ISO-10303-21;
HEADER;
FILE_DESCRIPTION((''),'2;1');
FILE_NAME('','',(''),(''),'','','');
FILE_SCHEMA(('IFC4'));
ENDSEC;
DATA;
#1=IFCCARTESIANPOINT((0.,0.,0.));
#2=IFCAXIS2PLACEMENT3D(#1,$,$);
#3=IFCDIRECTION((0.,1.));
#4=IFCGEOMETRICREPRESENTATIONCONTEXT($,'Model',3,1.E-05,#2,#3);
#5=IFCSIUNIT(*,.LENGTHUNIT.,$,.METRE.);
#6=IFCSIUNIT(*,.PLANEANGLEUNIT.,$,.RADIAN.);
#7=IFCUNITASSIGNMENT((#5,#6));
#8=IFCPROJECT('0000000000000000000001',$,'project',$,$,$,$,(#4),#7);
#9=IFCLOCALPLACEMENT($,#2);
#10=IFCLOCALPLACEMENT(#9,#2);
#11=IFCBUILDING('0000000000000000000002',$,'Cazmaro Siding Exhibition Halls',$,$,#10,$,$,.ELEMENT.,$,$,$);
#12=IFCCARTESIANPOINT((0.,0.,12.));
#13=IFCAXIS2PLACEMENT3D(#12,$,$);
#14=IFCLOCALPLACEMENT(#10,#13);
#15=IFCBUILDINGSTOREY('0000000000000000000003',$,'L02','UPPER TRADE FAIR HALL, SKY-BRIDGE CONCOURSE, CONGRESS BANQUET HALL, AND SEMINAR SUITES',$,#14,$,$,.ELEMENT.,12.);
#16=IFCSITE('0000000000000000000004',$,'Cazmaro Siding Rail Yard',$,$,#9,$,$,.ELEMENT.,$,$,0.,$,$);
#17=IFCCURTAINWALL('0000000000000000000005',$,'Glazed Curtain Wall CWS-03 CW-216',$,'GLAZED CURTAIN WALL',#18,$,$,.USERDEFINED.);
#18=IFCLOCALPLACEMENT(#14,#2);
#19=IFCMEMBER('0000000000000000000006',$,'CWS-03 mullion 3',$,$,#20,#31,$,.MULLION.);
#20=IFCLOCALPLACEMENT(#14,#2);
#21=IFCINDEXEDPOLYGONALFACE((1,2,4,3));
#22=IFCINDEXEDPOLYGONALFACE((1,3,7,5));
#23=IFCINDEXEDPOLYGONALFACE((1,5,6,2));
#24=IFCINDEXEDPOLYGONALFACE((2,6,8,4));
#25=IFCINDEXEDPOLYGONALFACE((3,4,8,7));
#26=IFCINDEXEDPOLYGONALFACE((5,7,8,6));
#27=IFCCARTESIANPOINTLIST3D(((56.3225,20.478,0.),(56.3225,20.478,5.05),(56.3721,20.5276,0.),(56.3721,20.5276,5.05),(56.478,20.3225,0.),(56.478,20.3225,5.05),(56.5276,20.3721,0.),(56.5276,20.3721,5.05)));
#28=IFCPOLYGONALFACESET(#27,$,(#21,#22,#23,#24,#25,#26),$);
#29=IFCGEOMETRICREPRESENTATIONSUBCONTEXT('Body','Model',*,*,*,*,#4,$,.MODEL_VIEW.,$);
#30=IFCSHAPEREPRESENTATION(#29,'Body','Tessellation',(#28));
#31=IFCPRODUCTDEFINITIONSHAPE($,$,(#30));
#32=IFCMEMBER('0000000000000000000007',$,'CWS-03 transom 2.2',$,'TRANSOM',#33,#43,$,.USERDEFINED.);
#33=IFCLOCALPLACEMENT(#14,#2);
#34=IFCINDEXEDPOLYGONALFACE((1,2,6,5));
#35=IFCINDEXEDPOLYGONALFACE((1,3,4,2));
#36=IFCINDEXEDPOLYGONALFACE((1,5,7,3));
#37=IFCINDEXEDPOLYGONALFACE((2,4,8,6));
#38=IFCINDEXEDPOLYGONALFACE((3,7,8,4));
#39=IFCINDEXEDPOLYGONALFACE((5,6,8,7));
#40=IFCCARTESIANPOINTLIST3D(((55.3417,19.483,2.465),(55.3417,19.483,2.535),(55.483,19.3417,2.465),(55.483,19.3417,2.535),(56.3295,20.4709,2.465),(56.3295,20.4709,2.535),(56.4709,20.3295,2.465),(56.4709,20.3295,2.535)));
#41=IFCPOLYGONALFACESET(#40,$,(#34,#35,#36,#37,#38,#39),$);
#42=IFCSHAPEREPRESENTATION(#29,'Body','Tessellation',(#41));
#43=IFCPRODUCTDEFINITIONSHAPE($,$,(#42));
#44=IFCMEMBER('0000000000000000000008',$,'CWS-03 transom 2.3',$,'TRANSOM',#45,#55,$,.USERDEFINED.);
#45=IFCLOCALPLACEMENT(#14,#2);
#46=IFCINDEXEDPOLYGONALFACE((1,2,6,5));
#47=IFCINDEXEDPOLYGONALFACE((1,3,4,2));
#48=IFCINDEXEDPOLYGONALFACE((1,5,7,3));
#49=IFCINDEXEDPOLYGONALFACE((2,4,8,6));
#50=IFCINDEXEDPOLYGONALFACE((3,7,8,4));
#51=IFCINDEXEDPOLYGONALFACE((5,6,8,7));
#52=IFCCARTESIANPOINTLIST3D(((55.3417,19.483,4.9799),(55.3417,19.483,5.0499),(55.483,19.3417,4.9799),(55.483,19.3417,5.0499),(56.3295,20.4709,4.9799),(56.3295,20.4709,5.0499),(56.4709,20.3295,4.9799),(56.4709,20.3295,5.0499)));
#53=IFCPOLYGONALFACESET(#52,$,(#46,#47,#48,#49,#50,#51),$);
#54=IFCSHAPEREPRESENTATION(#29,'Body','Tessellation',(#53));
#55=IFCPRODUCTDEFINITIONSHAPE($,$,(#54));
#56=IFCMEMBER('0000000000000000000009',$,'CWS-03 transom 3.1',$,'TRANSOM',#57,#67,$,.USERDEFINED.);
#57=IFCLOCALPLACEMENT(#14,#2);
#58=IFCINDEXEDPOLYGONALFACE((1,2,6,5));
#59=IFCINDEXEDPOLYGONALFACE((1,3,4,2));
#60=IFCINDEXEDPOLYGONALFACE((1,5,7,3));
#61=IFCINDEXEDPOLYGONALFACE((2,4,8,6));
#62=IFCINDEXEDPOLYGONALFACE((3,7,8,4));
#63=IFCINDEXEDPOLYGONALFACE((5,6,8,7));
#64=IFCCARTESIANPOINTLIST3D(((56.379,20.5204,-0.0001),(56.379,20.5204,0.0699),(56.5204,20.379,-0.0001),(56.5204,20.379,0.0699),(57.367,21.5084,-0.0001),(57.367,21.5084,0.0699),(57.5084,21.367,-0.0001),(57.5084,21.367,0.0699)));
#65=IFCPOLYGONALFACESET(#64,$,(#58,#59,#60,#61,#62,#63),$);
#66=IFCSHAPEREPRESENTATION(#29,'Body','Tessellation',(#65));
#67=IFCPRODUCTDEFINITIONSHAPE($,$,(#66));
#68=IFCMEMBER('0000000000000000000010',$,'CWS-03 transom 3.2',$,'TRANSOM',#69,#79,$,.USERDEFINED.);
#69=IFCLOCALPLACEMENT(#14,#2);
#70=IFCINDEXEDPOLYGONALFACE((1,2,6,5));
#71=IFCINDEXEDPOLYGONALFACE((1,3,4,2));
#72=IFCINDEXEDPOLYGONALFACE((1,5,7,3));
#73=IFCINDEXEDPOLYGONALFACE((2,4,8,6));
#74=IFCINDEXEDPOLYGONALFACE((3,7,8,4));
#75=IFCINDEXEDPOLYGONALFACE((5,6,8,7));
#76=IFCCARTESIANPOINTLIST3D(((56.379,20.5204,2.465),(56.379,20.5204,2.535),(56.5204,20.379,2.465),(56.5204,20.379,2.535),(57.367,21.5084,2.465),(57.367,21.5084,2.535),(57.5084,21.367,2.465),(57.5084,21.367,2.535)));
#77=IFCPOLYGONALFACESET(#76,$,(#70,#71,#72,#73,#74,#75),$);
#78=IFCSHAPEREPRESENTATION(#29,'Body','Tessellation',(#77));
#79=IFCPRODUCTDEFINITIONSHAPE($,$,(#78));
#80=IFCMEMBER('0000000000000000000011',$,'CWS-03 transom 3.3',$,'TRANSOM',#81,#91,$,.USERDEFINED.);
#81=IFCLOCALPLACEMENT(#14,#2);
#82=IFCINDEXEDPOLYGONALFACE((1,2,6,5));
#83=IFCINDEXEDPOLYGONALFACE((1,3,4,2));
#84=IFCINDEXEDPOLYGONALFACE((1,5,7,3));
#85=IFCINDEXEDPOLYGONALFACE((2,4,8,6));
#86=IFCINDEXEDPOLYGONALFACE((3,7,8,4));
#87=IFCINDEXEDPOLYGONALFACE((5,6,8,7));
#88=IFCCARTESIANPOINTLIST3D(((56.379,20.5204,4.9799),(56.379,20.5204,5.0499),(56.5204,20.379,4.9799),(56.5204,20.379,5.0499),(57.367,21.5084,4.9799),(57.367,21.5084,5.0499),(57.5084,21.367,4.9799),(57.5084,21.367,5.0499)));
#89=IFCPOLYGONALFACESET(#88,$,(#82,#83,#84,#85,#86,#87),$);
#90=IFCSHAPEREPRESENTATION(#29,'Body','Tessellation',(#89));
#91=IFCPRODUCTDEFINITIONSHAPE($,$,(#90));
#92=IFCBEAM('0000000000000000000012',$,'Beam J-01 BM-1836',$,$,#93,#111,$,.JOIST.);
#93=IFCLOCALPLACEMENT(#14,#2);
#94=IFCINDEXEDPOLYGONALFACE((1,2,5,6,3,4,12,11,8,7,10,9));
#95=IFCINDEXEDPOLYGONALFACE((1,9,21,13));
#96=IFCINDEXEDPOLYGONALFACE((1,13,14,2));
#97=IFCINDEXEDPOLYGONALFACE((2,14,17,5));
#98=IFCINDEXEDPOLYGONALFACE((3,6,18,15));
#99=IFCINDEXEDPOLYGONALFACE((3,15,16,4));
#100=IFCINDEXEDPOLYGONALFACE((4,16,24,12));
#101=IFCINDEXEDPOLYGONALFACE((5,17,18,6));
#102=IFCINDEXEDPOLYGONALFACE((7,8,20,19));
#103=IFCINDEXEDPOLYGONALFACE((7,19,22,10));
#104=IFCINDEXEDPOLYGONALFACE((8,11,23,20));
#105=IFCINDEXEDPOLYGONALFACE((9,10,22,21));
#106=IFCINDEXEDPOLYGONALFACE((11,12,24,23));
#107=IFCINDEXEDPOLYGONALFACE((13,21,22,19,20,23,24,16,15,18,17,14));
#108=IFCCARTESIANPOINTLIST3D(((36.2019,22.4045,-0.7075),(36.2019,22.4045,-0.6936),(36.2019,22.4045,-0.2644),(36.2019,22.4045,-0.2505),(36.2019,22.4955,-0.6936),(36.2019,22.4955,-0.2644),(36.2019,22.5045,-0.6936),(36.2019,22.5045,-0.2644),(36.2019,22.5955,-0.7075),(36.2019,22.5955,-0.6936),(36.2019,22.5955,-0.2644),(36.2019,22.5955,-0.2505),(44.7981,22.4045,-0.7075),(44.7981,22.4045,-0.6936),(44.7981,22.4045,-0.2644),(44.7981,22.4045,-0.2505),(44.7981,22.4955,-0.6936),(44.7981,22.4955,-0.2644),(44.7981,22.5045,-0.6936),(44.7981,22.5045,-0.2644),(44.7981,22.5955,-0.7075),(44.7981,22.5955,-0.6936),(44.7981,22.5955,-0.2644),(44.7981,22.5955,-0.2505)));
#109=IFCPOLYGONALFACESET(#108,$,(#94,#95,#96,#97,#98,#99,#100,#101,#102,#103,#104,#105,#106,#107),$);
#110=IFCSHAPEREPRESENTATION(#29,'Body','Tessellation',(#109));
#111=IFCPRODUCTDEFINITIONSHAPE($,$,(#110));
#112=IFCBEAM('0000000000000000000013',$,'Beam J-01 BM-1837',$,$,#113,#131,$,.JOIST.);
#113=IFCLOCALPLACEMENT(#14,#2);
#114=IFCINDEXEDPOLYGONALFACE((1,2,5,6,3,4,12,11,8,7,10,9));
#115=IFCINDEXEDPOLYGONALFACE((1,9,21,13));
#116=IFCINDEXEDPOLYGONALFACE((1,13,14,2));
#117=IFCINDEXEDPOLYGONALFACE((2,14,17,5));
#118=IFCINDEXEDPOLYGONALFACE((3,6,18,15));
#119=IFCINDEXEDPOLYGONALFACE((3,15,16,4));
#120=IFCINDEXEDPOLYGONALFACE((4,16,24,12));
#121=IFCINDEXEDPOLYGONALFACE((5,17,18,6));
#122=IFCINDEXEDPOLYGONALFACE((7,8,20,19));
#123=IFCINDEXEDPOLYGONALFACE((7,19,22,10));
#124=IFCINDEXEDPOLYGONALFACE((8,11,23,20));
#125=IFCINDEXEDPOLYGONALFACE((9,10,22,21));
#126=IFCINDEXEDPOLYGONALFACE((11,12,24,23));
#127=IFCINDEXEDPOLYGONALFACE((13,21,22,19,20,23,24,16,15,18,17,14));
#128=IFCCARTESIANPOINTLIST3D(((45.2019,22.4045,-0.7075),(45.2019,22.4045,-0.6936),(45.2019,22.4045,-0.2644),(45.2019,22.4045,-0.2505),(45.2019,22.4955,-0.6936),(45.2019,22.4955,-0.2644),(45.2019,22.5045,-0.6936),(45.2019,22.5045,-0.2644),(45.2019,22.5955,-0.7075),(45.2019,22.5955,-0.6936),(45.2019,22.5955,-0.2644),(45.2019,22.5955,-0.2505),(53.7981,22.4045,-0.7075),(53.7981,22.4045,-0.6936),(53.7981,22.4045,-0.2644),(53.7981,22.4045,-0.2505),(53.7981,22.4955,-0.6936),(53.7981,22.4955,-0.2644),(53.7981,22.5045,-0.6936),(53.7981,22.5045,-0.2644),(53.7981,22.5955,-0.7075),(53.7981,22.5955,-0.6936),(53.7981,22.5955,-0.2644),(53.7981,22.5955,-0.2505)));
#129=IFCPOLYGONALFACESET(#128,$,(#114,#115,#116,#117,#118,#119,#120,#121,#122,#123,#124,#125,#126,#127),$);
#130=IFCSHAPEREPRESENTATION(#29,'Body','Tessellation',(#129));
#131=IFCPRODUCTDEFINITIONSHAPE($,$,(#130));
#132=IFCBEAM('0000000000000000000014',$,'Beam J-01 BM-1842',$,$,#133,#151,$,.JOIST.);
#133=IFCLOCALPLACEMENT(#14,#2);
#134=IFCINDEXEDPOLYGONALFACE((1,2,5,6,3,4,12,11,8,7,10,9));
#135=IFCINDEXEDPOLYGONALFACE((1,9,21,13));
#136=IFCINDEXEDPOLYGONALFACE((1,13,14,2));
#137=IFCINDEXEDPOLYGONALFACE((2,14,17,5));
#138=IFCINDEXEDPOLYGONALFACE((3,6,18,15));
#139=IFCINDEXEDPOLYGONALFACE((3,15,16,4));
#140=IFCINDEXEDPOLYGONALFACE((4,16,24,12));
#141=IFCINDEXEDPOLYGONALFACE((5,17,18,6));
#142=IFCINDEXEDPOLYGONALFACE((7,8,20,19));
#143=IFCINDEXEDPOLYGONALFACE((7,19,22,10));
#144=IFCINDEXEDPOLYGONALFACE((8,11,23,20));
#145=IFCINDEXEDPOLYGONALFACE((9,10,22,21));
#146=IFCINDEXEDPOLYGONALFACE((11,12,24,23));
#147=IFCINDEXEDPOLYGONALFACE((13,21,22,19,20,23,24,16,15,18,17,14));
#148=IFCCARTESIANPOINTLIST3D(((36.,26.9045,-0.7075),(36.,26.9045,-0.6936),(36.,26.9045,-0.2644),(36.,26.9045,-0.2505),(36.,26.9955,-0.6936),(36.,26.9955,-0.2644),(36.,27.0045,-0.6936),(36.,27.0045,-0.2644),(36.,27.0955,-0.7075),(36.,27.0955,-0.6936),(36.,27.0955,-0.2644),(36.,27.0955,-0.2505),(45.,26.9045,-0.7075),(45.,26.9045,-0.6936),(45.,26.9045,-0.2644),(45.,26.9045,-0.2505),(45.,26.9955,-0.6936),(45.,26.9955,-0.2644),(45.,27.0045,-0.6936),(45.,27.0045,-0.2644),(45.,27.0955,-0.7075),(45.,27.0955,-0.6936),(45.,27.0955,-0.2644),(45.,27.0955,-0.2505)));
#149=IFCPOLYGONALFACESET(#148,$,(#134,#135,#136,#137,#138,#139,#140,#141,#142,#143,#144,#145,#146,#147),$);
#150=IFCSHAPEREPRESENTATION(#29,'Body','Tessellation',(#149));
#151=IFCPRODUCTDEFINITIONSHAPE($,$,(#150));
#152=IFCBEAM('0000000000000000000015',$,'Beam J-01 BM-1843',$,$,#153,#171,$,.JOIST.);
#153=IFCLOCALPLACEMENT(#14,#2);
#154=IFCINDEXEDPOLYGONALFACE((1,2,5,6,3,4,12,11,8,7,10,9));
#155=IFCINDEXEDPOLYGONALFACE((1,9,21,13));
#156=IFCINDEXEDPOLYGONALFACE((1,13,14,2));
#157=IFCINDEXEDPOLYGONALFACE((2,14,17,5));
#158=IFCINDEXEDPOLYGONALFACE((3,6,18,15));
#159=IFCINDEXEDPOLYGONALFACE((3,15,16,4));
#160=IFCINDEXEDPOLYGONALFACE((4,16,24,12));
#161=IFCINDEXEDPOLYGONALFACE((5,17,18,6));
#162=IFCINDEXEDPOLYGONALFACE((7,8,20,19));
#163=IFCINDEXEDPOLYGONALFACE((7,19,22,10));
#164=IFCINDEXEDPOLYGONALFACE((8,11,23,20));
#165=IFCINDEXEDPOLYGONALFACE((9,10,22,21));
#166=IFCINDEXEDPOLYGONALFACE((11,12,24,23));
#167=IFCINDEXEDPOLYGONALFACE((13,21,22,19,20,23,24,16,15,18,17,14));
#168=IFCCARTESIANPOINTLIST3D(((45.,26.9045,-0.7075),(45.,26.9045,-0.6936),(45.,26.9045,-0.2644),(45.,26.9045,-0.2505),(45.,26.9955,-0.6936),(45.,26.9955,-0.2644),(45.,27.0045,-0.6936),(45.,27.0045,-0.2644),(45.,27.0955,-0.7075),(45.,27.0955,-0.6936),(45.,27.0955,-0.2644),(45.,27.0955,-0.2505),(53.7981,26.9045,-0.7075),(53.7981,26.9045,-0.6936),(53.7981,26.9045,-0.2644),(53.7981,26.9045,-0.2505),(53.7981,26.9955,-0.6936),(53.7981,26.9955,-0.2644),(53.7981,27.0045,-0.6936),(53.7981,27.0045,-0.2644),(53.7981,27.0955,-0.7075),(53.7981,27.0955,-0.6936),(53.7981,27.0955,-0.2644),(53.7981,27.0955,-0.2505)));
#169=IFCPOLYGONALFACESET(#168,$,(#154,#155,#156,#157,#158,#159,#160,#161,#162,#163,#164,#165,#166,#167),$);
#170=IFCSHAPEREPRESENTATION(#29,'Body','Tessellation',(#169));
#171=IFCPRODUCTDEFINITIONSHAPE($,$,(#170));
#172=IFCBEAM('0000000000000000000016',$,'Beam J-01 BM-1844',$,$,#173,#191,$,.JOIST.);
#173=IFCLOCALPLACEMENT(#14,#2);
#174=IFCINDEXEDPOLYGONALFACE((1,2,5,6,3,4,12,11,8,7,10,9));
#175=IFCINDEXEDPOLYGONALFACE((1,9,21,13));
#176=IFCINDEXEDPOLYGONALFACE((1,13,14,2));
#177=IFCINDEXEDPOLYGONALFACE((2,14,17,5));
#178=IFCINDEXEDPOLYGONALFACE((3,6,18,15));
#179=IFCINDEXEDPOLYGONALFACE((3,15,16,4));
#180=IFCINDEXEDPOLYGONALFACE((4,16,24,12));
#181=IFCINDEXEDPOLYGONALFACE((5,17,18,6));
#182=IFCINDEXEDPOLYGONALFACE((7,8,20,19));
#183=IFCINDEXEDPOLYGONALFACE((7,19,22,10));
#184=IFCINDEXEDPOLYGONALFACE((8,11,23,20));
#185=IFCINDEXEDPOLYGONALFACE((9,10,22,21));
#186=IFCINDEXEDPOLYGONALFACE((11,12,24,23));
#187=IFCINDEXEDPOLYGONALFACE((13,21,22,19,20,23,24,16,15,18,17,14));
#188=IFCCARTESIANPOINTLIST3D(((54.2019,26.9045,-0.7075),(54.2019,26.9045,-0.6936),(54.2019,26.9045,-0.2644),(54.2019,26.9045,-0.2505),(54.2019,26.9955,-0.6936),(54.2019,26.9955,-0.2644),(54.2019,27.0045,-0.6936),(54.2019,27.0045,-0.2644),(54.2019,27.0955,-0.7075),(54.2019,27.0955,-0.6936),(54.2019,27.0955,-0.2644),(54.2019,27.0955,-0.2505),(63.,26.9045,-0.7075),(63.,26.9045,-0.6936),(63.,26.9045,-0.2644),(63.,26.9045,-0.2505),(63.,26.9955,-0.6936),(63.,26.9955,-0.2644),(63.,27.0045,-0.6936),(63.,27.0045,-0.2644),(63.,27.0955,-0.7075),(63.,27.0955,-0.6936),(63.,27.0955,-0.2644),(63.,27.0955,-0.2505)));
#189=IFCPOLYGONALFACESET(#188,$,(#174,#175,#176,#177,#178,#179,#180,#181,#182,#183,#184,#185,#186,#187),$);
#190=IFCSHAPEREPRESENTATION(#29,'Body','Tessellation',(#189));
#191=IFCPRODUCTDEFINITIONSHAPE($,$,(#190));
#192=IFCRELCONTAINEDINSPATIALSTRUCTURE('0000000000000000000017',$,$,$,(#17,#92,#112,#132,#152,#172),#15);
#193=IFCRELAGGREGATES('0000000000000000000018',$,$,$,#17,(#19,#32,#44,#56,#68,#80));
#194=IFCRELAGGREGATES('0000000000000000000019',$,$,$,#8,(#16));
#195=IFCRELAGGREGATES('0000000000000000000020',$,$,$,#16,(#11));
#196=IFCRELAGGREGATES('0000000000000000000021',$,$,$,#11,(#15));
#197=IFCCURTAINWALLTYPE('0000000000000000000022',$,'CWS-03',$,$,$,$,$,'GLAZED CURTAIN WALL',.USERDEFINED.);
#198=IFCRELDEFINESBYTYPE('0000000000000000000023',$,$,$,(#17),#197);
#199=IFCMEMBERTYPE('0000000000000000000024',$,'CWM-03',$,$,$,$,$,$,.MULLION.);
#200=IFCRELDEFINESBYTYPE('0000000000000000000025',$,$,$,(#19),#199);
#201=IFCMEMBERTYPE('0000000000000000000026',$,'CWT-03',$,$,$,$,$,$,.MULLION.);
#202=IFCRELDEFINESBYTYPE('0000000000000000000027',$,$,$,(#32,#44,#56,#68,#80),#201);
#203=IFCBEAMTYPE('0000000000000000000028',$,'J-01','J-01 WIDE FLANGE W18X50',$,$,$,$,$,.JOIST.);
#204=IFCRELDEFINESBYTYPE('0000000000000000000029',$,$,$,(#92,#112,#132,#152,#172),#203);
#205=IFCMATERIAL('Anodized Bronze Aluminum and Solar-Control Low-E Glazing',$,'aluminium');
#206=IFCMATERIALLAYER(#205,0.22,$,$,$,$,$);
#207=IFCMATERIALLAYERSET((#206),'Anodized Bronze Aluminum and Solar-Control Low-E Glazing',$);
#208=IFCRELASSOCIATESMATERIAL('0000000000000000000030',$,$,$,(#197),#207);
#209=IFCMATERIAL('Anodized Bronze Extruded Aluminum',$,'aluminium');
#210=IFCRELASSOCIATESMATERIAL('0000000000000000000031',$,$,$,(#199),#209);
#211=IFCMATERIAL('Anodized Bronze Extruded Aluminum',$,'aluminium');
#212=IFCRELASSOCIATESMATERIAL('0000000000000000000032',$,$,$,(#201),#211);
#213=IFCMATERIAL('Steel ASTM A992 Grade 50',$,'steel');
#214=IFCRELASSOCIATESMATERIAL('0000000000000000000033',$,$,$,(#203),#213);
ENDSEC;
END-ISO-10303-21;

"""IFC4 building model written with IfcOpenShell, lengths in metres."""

from ifc_helpers import new_model, si_unit, direction, frame, origin, origin_2d, place, context, subcontext, project, spatial, rectangle, i_section, extrude, material, layer, layer_set, material_profile, profile_set, type_object, element, aggregate, save


model = new_model("IFC4")

# Units and contexts
model_context = context("Model", 3, precision=1e-05, world=origin(), true_north=direction((0.0, 1.0)))
body_context = subcontext(model_context, "Body", "Model", "MODEL_VIEW")
ifc_project = project(units=[si_unit("LENGTHUNIT", "METRE"), si_unit("PLANEANGLEUNIT", "RADIAN")], contexts=[model_context])

# Site, building, storey
site_placement = place(None, origin())
site = spatial("IfcSite", under=ifc_project, at=site_placement, Name="Cazmaro Siding Rail Yard", CompositionType="ELEMENT", RefElevation=0.0)
building_placement = place(site_placement, origin())
building = spatial("IfcBuilding", under=site, at=building_placement, Name="Cazmaro Siding Exhibition Halls", CompositionType="ELEMENT")
storey_placement = place(building_placement, frame((0.0, 0.0, 12.0)))
storey = spatial("IfcBuildingStorey", under=building, at=storey_placement, Name="L02", Description="UPPER TRADE FAIR HALL, SKY-BRIDGE CONCOURSE, CONGRESS BANQUET HALL, AND SEMINAR SUITES", CompositionType="ELEMENT", Elevation=12.0)

# Curtain wall, members
ifc_material_1 = material(Name="Anodized Bronze Aluminum and Solar-Control Low-E Glazing", Category="aluminium")
ifc_layer_1 = layer(ifc_material_1, 0.22)
ifc_layer_set_1 = layer_set([ifc_layer_1], Name="Anodized Bronze Aluminum and Solar-Control Low-E Glazing")
curtain_wall_type = type_object("IfcCurtainWallType", Name="CWS-03", ElementType="GLAZED CURTAIN WALL", PredefinedType="USERDEFINED", material=ifc_layer_set_1)
curtain_wall_placement = place(storey_placement, origin())
curtain_wall = element("IfcCurtainWall", 1, at=curtain_wall_placement, inside=storey, type_object=curtain_wall_type, Name="Glazed Curtain Wall CWS-03 CW-216", ObjectType="GLAZED CURTAIN WALL", PredefinedType="USERDEFINED")
ifc_material_2 = material(Name="Anodized Bronze Extruded Aluminum", Category="aluminium")
ifc_material_profile_1 = material_profile(ifc_material_2, rectangle(XDim=0.22, YDim=0.0701, at=origin_2d()), Name="CWM-03")
ifc_profile_set_1 = profile_set([ifc_material_profile_1], Name="Anodized Bronze Extruded Aluminum")
member_type_1 = type_object("IfcMemberType", Name="CWM-03", PredefinedType="MULLION", material=ifc_profile_set_1)
member_1_placement = place(storey_placement, frame((56.425, 20.425, 0.0), z_axis=(0.0, 0.0, 1.0), x_axis=(-0.707107, 0.707107, 0.0)))
member_1 = element("IfcMember", 2, at=member_1_placement, type_object=member_type_1, Name="CWS-03 mullion 3", PredefinedType="MULLION", context=body_context, shape_type="SweptSolid", body=[
    extrude(rectangle(XDim=0.22, YDim=0.0701, at=origin_2d()), origin(), (0.0, 0.0, 1.0), 5.05),
])
ifc_material_3 = material(Name="Anodized Bronze Extruded Aluminum", Category="aluminium")
ifc_material_profile_2 = material_profile(ifc_material_3, rectangle(XDim=0.2, YDim=0.0701, at=origin_2d()), Name="CWT-03")
ifc_profile_set_2 = profile_set([ifc_material_profile_2], Name="Anodized Bronze Extruded Aluminum")
member_type_2 = type_object("IfcMemberType", Name="CWT-03", PredefinedType="MULLION", material=ifc_profile_set_2)
member_2_placement = place(storey_placement, frame((55.4124, 19.4124, 2.5), z_axis=(0.707107, 0.707107, 0.0), x_axis=(-0.707107, 0.707107, 0.0)))
member_2 = element("IfcMember", 3, at=member_2_placement, type_object=member_type_2, Name="CWS-03 transom 2.2", ObjectType="TRANSOM", PredefinedType="USERDEFINED", context=body_context, shape_type="SweptSolid", body=[
    extrude(rectangle(XDim=0.2, YDim=0.0701, at=origin_2d()), origin(), (0.0, 0.0, 1.0), 1.397),
])
member_3_placement = place(storey_placement, frame((55.4124, 19.4124, 5.0149), z_axis=(0.707107, 0.707107, 0.0), x_axis=(-0.707107, 0.707107, 0.0)))
member_3 = element("IfcMember", 4, at=member_3_placement, type_object=member_type_2, Name="CWS-03 transom 2.3", ObjectType="TRANSOM", PredefinedType="USERDEFINED", context=body_context, shape_type="SweptSolid", body=[
    extrude(rectangle(XDim=0.2, YDim=0.0701, at=origin_2d()), origin(), (0.0, 0.0, 1.0), 1.397),
])
member_4_placement = place(storey_placement, frame((56.4497, 20.4497, 0.0349), z_axis=(0.707107, 0.707107, 0.0), x_axis=(-0.707107, 0.707107, 0.0)))
member_4 = element("IfcMember", 5, at=member_4_placement, type_object=member_type_2, Name="CWS-03 transom 3.1", ObjectType="TRANSOM", PredefinedType="USERDEFINED", context=body_context, shape_type="SweptSolid", body=[
    extrude(rectangle(XDim=0.2, YDim=0.0701, at=origin_2d()), origin(), (0.0, 0.0, 1.0), 1.3972),
])
member_5_placement = place(storey_placement, frame((56.4497, 20.4497, 2.5), z_axis=(0.707107, 0.707107, 0.0), x_axis=(-0.707107, 0.707107, 0.0)))
member_5 = element("IfcMember", 6, at=member_5_placement, type_object=member_type_2, Name="CWS-03 transom 3.2", ObjectType="TRANSOM", PredefinedType="USERDEFINED", context=body_context, shape_type="SweptSolid", body=[
    extrude(rectangle(XDim=0.2, YDim=0.0701, at=origin_2d()), origin(), (0.0, 0.0, 1.0), 1.3972),
])
member_6_placement = place(storey_placement, frame((56.4497, 20.4497, 5.0149), z_axis=(0.707107, 0.707107, 0.0), x_axis=(-0.707107, 0.707107, 0.0)))
member_6 = element("IfcMember", 7, at=member_6_placement, type_object=member_type_2, Name="CWS-03 transom 3.3", ObjectType="TRANSOM", PredefinedType="USERDEFINED", context=body_context, shape_type="SweptSolid", body=[
    extrude(rectangle(XDim=0.2, YDim=0.0701, at=origin_2d()), origin(), (0.0, 0.0, 1.0), 1.3972),
])

# Beams
ifc_material_4 = material(Name="Steel ASTM A992 Grade 50", Category="steel")
ifc_material_profile_3 = material_profile(ifc_material_4, i_section(OverallWidth=0.1909, OverallDepth=0.457, WebThickness=0.009, FlangeThickness=0.0139, at=origin_2d()), Name="W18X50")
ifc_profile_set_3 = profile_set([ifc_material_profile_3], Name="Steel ASTM A992 Grade 50")
beam_type = type_object("IfcBeamType", Name="J-01", Description="J-01 WIDE FLANGE W18X50", PredefinedType="JOIST", material=ifc_profile_set_3)
for number, where, z_axis, x_axis, name in (
    (8, (36.2019, 22.5, -0.479), (1.0, 0.0, 0.0), (0.0, 1.0, 0.0), "Beam J-01 BM-1836"),
    (9, (45.2019, 22.5, -0.479), (1.0, 0.0, 0.0), (0.0, 1.0, 0.0), "Beam J-01 BM-1837"),
):
    element("IfcBeam", number, at=place(storey_placement, frame(where, z_axis=z_axis, x_axis=x_axis)), inside=storey, type_object=beam_type, Name=name, PredefinedType="JOIST", context=body_context, shape_type="SweptSolid", body=[
        extrude(i_section(OverallWidth=0.1909, OverallDepth=0.457, WebThickness=0.009, FlangeThickness=0.0139, at=origin_2d()), origin(), (0.0, 0.0, 1.0), 8.5962),
    ])
beam_1_placement = place(storey_placement, frame((36.0, 27.0, -0.479), z_axis=(1.0, 0.0, 0.0), x_axis=(0.0, 1.0, 0.0)))
element("IfcBeam", 10, at=beam_1_placement, inside=storey, type_object=beam_type, Name="Beam J-01 BM-1842", PredefinedType="JOIST", context=body_context, shape_type="SweptSolid", body=[
    extrude(i_section(OverallWidth=0.1909, OverallDepth=0.457, WebThickness=0.009, FlangeThickness=0.0139, at=origin_2d()), origin(), (0.0, 0.0, 1.0), 9.0),
])
for number, where, z_axis, x_axis, name in (
    (11, (45.0, 27.0, -0.479), (1.0, 0.0, 0.0), (0.0, 1.0, 0.0), "Beam J-01 BM-1843"),
    (12, (54.2019, 27.0, -0.479), (1.0, 0.0, 0.0), (0.0, 1.0, 0.0), "Beam J-01 BM-1844"),
):
    element("IfcBeam", number, at=place(storey_placement, frame(where, z_axis=z_axis, x_axis=x_axis)), inside=storey, type_object=beam_type, Name=name, PredefinedType="JOIST", context=body_context, shape_type="SweptSolid", body=[
        extrude(i_section(OverallWidth=0.1909, OverallDepth=0.457, WebThickness=0.009, FlangeThickness=0.0139, at=origin_2d()), origin(), (0.0, 0.0, 1.0), 8.7981),
    ])

aggregate(curtain_wall, [member_1, member_2, member_3, member_4, member_5, member_6])

save(model, "model.ifc")
